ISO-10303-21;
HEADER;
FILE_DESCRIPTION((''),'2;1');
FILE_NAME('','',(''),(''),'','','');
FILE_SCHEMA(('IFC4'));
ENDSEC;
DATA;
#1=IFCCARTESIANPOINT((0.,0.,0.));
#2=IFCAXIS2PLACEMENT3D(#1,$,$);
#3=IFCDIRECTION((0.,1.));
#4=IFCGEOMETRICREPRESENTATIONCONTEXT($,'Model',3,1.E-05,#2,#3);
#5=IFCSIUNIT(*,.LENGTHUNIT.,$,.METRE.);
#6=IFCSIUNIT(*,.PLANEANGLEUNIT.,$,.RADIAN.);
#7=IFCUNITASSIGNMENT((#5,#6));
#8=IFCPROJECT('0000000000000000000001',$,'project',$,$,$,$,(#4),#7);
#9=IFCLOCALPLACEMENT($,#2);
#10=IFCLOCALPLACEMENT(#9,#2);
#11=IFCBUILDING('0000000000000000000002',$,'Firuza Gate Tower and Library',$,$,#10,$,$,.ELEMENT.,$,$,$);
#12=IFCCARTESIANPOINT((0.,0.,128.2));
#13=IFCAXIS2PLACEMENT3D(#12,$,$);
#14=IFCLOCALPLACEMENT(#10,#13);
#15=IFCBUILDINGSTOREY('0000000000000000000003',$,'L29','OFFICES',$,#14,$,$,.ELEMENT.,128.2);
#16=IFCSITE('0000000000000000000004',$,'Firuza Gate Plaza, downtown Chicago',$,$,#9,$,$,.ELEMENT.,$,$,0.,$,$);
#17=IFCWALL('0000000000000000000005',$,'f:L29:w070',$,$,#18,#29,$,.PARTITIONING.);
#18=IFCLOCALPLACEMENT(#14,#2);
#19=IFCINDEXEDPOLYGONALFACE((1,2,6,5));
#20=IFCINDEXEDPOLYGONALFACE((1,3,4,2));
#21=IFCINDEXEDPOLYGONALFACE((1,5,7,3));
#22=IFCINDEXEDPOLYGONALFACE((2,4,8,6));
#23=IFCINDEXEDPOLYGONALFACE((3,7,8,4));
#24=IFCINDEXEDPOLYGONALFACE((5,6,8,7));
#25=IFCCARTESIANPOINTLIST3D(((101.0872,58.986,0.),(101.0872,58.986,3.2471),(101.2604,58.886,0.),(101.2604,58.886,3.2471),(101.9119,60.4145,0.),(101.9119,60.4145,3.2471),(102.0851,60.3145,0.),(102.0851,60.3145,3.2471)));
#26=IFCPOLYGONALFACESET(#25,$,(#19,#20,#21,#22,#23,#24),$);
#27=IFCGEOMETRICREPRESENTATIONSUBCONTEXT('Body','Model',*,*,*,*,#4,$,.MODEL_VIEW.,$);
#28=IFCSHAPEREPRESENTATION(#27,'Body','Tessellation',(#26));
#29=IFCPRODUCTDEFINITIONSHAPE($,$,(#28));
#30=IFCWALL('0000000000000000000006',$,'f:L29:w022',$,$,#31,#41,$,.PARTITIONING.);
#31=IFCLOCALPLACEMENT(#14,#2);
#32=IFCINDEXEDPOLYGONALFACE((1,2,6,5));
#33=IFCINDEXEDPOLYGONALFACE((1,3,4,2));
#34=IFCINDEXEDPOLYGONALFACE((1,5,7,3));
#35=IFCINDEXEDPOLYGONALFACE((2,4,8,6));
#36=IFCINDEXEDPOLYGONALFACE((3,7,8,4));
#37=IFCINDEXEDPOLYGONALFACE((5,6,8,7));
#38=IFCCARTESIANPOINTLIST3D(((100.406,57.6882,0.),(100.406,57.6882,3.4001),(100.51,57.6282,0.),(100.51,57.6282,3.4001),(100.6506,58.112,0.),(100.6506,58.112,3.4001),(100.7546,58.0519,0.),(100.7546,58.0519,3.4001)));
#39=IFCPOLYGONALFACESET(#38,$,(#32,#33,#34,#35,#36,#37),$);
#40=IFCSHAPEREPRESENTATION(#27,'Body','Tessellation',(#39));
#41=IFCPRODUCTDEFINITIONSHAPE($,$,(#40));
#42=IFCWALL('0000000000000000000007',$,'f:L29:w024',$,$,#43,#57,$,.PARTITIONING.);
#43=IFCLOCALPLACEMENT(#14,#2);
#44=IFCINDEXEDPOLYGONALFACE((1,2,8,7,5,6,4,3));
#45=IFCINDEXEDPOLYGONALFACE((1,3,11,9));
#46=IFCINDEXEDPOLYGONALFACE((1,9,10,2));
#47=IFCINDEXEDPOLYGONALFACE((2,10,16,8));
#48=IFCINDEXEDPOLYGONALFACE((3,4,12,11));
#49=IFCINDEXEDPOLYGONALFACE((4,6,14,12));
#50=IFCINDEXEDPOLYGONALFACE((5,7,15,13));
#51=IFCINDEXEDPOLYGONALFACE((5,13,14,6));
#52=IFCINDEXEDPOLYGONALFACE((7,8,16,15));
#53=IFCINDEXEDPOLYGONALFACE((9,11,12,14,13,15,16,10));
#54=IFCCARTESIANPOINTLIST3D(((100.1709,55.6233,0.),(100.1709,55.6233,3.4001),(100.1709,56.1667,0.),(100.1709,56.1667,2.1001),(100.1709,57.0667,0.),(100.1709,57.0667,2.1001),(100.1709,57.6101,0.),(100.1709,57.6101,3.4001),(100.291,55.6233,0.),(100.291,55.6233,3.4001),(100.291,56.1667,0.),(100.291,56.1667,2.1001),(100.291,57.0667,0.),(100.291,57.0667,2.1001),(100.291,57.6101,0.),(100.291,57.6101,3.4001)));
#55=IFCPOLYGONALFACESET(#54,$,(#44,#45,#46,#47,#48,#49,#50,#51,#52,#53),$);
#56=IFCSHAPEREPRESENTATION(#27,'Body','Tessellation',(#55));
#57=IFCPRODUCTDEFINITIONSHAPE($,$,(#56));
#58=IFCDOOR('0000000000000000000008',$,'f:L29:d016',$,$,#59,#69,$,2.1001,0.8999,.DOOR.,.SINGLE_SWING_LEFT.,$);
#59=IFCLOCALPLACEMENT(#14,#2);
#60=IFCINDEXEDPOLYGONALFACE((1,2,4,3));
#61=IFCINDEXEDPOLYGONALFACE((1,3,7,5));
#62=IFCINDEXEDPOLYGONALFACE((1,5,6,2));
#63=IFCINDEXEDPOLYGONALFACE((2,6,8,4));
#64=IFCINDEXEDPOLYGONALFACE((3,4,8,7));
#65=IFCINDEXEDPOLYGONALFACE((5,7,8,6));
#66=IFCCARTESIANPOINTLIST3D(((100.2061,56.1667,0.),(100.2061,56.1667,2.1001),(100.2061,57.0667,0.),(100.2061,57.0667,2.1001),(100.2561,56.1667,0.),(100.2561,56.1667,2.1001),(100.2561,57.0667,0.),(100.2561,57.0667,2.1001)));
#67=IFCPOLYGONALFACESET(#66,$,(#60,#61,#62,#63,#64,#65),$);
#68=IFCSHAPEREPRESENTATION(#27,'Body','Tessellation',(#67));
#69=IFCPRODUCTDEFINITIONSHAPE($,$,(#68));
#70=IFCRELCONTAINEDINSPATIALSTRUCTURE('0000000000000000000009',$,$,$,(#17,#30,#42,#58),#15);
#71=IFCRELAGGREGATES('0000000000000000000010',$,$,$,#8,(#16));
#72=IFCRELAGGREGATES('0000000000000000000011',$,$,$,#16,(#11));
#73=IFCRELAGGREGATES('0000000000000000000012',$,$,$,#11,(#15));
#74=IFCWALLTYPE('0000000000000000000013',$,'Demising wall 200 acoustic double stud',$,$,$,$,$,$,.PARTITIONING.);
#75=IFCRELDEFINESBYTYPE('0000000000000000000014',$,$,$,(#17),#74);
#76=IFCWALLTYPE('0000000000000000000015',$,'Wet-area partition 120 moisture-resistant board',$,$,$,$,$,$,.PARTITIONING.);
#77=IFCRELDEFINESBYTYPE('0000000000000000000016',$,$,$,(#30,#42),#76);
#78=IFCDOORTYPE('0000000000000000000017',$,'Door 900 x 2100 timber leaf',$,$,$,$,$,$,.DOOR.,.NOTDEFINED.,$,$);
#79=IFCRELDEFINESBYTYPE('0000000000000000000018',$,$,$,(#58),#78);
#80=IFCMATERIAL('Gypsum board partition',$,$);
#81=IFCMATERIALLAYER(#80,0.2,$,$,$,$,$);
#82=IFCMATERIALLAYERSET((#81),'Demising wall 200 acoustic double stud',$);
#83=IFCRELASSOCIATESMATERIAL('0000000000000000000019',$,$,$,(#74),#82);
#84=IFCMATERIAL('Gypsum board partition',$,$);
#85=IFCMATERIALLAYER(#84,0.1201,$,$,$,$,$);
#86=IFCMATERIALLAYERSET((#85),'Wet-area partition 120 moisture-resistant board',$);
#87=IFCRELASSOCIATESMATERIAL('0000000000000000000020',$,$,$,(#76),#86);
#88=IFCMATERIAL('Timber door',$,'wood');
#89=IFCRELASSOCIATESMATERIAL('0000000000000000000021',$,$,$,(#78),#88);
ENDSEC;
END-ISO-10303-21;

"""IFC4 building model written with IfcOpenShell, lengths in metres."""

from ifc_helpers import new_model, si_unit, direction, frame, frame_2d, origin, place, context, subcontext, project, spatial, rectangle, extrude, material, layer, layer_set, type_object, element, fill, save


model = new_model("IFC4")

# Units and contexts
model_context = context("Model", 3, precision=1e-05, world=origin(), true_north=direction((0.0, 1.0)))
body_context = subcontext(model_context, "Body", "Model", "MODEL_VIEW")
ifc_project = project(units=[si_unit("LENGTHUNIT", "METRE"), si_unit("PLANEANGLEUNIT", "RADIAN")], contexts=[model_context])

# Site, building, storey
site_placement = place(None, origin())
site = spatial("IfcSite", under=ifc_project, at=site_placement, Name="Firuza Gate Plaza, downtown Chicago", CompositionType="ELEMENT", RefElevation=0.0)
building_placement = place(site_placement, origin())
building = spatial("IfcBuilding", under=site, at=building_placement, Name="Firuza Gate Tower and Library", CompositionType="ELEMENT")
storey_placement = place(building_placement, frame((0.0, 0.0, 128.2)))
storey = spatial("IfcBuildingStorey", under=building, at=storey_placement, Name="L29", Description="OFFICES", CompositionType="ELEMENT", Elevation=128.2)

# Walls
ifc_material_1 = material(Name="Gypsum board partition")
ifc_layer_1 = layer(ifc_material_1, 0.2)
ifc_layer_set_1 = layer_set([ifc_layer_1], Name="Demising wall 200 acoustic double stud")
wall_type_1 = type_object("IfcWallType", Name="Demising wall 200 acoustic double stud", PredefinedType="PARTITIONING", material=ifc_layer_set_1)
wall_1_placement = place(storey_placement, frame((101.1738, 58.936, 0.0), z_axis=(0.0, 0.0, 1.0), x_axis=(0.499992, 0.86603, 0.0)))
element("IfcWall", 1, at=wall_1_placement, inside=storey, type_object=wall_type_1, Name="f:L29:w070", PredefinedType="PARTITIONING", context=body_context, shape_type="SweptSolid", body=[
    extrude(rectangle(XDim=1.6494, YDim=0.2, at=frame_2d((0.8247, 0.0))), origin(), (0.0, 0.0, 1.0), 3.2471),
])
ifc_material_2 = material(Name="Gypsum board partition")
ifc_layer_2 = layer(ifc_material_2, 0.1201)
ifc_layer_set_2 = layer_set([ifc_layer_2], Name="Wet-area partition 120 moisture-resistant board")
wall_type_2 = type_object("IfcWallType", Name="Wet-area partition 120 moisture-resistant board", PredefinedType="PARTITIONING", material=ifc_layer_set_2)
wall_2_placement = place(storey_placement, frame((100.458, 57.6582, 0.0), z_axis=(0.0, 0.0, 1.0), x_axis=(0.499895, 0.866086, 0.0)))
element("IfcWall", 2, at=wall_2_placement, inside=storey, type_object=wall_type_2, Name="f:L29:w022", PredefinedType="PARTITIONING", context=body_context, shape_type="SweptSolid", body=[
    extrude(rectangle(XDim=0.4893, YDim=0.1201, at=frame_2d((0.2446, 0.0))), origin(), (0.0, 0.0, 1.0), 3.4001),
])

# Wall, opening, door
wall_3_placement = place(storey_placement, frame((100.231, 55.6233, 0.0), z_axis=(0.0, 0.0, 1.0), x_axis=(0.0, 1.0, 0.0)))
wall_3 = element("IfcWall", 3, at=wall_3_placement, inside=storey, type_object=wall_type_2, Name="f:L29:w024", PredefinedType="PARTITIONING", context=body_context, shape_type="SweptSolid", body=[
    extrude(rectangle(XDim=1.9868, YDim=0.1201, at=frame_2d((0.9934, 0.0))), origin(), (0.0, 0.0, 1.0), 3.4001),
])
opening_1_placement = place(wall_3_placement, frame((0.5435, 0.0, 0.0)))
opening_1 = element("IfcOpeningElement", 4, at=opening_1_placement, cuts=wall_3, PredefinedType="OPENING", context=body_context, shape_type="SweptSolid", body=[
    extrude(rectangle(XDim=0.8999, YDim=2.1001, at=frame_2d((0.45, 1.05))), frame((0.0, 0.0701, 0.0), z_axis=(0.0, -1.0, 0.0), x_axis=(1.0, 0.0, 0.0)), (0.0, 0.0, 1.0), 0.1401),
])
ifc_material_3 = material(Name="Timber door", Category="wood")
door_type_1 = type_object("IfcDoorType", Name="Door 900 x 2100 timber leaf", OperationType="NOTDEFINED", PredefinedType="DOOR", material=ifc_material_3)
door_1_placement = place(opening_1_placement, origin())
door_1 = element("IfcDoor", 5, at=door_1_placement, inside=storey, type_object=door_type_1, Name="f:L29:d016", OperationType="SINGLE_SWING_LEFT", OverallHeight=2.1001, OverallWidth=0.8999, PredefinedType="DOOR", context=body_context, shape_type="SweptSolid", body=[
    extrude(rectangle(XDim=0.8999, YDim=2.1001, at=frame_2d((0.45, 1.05))), frame((0.0, 0.0249, 0.0), z_axis=(0.0, -1.0, 0.0), x_axis=(1.0, 0.0, 0.0)), (0.0, 0.0, 1.0), 0.05),
])
fill(opening_1, door_1)

save(model, "model.ifc")
